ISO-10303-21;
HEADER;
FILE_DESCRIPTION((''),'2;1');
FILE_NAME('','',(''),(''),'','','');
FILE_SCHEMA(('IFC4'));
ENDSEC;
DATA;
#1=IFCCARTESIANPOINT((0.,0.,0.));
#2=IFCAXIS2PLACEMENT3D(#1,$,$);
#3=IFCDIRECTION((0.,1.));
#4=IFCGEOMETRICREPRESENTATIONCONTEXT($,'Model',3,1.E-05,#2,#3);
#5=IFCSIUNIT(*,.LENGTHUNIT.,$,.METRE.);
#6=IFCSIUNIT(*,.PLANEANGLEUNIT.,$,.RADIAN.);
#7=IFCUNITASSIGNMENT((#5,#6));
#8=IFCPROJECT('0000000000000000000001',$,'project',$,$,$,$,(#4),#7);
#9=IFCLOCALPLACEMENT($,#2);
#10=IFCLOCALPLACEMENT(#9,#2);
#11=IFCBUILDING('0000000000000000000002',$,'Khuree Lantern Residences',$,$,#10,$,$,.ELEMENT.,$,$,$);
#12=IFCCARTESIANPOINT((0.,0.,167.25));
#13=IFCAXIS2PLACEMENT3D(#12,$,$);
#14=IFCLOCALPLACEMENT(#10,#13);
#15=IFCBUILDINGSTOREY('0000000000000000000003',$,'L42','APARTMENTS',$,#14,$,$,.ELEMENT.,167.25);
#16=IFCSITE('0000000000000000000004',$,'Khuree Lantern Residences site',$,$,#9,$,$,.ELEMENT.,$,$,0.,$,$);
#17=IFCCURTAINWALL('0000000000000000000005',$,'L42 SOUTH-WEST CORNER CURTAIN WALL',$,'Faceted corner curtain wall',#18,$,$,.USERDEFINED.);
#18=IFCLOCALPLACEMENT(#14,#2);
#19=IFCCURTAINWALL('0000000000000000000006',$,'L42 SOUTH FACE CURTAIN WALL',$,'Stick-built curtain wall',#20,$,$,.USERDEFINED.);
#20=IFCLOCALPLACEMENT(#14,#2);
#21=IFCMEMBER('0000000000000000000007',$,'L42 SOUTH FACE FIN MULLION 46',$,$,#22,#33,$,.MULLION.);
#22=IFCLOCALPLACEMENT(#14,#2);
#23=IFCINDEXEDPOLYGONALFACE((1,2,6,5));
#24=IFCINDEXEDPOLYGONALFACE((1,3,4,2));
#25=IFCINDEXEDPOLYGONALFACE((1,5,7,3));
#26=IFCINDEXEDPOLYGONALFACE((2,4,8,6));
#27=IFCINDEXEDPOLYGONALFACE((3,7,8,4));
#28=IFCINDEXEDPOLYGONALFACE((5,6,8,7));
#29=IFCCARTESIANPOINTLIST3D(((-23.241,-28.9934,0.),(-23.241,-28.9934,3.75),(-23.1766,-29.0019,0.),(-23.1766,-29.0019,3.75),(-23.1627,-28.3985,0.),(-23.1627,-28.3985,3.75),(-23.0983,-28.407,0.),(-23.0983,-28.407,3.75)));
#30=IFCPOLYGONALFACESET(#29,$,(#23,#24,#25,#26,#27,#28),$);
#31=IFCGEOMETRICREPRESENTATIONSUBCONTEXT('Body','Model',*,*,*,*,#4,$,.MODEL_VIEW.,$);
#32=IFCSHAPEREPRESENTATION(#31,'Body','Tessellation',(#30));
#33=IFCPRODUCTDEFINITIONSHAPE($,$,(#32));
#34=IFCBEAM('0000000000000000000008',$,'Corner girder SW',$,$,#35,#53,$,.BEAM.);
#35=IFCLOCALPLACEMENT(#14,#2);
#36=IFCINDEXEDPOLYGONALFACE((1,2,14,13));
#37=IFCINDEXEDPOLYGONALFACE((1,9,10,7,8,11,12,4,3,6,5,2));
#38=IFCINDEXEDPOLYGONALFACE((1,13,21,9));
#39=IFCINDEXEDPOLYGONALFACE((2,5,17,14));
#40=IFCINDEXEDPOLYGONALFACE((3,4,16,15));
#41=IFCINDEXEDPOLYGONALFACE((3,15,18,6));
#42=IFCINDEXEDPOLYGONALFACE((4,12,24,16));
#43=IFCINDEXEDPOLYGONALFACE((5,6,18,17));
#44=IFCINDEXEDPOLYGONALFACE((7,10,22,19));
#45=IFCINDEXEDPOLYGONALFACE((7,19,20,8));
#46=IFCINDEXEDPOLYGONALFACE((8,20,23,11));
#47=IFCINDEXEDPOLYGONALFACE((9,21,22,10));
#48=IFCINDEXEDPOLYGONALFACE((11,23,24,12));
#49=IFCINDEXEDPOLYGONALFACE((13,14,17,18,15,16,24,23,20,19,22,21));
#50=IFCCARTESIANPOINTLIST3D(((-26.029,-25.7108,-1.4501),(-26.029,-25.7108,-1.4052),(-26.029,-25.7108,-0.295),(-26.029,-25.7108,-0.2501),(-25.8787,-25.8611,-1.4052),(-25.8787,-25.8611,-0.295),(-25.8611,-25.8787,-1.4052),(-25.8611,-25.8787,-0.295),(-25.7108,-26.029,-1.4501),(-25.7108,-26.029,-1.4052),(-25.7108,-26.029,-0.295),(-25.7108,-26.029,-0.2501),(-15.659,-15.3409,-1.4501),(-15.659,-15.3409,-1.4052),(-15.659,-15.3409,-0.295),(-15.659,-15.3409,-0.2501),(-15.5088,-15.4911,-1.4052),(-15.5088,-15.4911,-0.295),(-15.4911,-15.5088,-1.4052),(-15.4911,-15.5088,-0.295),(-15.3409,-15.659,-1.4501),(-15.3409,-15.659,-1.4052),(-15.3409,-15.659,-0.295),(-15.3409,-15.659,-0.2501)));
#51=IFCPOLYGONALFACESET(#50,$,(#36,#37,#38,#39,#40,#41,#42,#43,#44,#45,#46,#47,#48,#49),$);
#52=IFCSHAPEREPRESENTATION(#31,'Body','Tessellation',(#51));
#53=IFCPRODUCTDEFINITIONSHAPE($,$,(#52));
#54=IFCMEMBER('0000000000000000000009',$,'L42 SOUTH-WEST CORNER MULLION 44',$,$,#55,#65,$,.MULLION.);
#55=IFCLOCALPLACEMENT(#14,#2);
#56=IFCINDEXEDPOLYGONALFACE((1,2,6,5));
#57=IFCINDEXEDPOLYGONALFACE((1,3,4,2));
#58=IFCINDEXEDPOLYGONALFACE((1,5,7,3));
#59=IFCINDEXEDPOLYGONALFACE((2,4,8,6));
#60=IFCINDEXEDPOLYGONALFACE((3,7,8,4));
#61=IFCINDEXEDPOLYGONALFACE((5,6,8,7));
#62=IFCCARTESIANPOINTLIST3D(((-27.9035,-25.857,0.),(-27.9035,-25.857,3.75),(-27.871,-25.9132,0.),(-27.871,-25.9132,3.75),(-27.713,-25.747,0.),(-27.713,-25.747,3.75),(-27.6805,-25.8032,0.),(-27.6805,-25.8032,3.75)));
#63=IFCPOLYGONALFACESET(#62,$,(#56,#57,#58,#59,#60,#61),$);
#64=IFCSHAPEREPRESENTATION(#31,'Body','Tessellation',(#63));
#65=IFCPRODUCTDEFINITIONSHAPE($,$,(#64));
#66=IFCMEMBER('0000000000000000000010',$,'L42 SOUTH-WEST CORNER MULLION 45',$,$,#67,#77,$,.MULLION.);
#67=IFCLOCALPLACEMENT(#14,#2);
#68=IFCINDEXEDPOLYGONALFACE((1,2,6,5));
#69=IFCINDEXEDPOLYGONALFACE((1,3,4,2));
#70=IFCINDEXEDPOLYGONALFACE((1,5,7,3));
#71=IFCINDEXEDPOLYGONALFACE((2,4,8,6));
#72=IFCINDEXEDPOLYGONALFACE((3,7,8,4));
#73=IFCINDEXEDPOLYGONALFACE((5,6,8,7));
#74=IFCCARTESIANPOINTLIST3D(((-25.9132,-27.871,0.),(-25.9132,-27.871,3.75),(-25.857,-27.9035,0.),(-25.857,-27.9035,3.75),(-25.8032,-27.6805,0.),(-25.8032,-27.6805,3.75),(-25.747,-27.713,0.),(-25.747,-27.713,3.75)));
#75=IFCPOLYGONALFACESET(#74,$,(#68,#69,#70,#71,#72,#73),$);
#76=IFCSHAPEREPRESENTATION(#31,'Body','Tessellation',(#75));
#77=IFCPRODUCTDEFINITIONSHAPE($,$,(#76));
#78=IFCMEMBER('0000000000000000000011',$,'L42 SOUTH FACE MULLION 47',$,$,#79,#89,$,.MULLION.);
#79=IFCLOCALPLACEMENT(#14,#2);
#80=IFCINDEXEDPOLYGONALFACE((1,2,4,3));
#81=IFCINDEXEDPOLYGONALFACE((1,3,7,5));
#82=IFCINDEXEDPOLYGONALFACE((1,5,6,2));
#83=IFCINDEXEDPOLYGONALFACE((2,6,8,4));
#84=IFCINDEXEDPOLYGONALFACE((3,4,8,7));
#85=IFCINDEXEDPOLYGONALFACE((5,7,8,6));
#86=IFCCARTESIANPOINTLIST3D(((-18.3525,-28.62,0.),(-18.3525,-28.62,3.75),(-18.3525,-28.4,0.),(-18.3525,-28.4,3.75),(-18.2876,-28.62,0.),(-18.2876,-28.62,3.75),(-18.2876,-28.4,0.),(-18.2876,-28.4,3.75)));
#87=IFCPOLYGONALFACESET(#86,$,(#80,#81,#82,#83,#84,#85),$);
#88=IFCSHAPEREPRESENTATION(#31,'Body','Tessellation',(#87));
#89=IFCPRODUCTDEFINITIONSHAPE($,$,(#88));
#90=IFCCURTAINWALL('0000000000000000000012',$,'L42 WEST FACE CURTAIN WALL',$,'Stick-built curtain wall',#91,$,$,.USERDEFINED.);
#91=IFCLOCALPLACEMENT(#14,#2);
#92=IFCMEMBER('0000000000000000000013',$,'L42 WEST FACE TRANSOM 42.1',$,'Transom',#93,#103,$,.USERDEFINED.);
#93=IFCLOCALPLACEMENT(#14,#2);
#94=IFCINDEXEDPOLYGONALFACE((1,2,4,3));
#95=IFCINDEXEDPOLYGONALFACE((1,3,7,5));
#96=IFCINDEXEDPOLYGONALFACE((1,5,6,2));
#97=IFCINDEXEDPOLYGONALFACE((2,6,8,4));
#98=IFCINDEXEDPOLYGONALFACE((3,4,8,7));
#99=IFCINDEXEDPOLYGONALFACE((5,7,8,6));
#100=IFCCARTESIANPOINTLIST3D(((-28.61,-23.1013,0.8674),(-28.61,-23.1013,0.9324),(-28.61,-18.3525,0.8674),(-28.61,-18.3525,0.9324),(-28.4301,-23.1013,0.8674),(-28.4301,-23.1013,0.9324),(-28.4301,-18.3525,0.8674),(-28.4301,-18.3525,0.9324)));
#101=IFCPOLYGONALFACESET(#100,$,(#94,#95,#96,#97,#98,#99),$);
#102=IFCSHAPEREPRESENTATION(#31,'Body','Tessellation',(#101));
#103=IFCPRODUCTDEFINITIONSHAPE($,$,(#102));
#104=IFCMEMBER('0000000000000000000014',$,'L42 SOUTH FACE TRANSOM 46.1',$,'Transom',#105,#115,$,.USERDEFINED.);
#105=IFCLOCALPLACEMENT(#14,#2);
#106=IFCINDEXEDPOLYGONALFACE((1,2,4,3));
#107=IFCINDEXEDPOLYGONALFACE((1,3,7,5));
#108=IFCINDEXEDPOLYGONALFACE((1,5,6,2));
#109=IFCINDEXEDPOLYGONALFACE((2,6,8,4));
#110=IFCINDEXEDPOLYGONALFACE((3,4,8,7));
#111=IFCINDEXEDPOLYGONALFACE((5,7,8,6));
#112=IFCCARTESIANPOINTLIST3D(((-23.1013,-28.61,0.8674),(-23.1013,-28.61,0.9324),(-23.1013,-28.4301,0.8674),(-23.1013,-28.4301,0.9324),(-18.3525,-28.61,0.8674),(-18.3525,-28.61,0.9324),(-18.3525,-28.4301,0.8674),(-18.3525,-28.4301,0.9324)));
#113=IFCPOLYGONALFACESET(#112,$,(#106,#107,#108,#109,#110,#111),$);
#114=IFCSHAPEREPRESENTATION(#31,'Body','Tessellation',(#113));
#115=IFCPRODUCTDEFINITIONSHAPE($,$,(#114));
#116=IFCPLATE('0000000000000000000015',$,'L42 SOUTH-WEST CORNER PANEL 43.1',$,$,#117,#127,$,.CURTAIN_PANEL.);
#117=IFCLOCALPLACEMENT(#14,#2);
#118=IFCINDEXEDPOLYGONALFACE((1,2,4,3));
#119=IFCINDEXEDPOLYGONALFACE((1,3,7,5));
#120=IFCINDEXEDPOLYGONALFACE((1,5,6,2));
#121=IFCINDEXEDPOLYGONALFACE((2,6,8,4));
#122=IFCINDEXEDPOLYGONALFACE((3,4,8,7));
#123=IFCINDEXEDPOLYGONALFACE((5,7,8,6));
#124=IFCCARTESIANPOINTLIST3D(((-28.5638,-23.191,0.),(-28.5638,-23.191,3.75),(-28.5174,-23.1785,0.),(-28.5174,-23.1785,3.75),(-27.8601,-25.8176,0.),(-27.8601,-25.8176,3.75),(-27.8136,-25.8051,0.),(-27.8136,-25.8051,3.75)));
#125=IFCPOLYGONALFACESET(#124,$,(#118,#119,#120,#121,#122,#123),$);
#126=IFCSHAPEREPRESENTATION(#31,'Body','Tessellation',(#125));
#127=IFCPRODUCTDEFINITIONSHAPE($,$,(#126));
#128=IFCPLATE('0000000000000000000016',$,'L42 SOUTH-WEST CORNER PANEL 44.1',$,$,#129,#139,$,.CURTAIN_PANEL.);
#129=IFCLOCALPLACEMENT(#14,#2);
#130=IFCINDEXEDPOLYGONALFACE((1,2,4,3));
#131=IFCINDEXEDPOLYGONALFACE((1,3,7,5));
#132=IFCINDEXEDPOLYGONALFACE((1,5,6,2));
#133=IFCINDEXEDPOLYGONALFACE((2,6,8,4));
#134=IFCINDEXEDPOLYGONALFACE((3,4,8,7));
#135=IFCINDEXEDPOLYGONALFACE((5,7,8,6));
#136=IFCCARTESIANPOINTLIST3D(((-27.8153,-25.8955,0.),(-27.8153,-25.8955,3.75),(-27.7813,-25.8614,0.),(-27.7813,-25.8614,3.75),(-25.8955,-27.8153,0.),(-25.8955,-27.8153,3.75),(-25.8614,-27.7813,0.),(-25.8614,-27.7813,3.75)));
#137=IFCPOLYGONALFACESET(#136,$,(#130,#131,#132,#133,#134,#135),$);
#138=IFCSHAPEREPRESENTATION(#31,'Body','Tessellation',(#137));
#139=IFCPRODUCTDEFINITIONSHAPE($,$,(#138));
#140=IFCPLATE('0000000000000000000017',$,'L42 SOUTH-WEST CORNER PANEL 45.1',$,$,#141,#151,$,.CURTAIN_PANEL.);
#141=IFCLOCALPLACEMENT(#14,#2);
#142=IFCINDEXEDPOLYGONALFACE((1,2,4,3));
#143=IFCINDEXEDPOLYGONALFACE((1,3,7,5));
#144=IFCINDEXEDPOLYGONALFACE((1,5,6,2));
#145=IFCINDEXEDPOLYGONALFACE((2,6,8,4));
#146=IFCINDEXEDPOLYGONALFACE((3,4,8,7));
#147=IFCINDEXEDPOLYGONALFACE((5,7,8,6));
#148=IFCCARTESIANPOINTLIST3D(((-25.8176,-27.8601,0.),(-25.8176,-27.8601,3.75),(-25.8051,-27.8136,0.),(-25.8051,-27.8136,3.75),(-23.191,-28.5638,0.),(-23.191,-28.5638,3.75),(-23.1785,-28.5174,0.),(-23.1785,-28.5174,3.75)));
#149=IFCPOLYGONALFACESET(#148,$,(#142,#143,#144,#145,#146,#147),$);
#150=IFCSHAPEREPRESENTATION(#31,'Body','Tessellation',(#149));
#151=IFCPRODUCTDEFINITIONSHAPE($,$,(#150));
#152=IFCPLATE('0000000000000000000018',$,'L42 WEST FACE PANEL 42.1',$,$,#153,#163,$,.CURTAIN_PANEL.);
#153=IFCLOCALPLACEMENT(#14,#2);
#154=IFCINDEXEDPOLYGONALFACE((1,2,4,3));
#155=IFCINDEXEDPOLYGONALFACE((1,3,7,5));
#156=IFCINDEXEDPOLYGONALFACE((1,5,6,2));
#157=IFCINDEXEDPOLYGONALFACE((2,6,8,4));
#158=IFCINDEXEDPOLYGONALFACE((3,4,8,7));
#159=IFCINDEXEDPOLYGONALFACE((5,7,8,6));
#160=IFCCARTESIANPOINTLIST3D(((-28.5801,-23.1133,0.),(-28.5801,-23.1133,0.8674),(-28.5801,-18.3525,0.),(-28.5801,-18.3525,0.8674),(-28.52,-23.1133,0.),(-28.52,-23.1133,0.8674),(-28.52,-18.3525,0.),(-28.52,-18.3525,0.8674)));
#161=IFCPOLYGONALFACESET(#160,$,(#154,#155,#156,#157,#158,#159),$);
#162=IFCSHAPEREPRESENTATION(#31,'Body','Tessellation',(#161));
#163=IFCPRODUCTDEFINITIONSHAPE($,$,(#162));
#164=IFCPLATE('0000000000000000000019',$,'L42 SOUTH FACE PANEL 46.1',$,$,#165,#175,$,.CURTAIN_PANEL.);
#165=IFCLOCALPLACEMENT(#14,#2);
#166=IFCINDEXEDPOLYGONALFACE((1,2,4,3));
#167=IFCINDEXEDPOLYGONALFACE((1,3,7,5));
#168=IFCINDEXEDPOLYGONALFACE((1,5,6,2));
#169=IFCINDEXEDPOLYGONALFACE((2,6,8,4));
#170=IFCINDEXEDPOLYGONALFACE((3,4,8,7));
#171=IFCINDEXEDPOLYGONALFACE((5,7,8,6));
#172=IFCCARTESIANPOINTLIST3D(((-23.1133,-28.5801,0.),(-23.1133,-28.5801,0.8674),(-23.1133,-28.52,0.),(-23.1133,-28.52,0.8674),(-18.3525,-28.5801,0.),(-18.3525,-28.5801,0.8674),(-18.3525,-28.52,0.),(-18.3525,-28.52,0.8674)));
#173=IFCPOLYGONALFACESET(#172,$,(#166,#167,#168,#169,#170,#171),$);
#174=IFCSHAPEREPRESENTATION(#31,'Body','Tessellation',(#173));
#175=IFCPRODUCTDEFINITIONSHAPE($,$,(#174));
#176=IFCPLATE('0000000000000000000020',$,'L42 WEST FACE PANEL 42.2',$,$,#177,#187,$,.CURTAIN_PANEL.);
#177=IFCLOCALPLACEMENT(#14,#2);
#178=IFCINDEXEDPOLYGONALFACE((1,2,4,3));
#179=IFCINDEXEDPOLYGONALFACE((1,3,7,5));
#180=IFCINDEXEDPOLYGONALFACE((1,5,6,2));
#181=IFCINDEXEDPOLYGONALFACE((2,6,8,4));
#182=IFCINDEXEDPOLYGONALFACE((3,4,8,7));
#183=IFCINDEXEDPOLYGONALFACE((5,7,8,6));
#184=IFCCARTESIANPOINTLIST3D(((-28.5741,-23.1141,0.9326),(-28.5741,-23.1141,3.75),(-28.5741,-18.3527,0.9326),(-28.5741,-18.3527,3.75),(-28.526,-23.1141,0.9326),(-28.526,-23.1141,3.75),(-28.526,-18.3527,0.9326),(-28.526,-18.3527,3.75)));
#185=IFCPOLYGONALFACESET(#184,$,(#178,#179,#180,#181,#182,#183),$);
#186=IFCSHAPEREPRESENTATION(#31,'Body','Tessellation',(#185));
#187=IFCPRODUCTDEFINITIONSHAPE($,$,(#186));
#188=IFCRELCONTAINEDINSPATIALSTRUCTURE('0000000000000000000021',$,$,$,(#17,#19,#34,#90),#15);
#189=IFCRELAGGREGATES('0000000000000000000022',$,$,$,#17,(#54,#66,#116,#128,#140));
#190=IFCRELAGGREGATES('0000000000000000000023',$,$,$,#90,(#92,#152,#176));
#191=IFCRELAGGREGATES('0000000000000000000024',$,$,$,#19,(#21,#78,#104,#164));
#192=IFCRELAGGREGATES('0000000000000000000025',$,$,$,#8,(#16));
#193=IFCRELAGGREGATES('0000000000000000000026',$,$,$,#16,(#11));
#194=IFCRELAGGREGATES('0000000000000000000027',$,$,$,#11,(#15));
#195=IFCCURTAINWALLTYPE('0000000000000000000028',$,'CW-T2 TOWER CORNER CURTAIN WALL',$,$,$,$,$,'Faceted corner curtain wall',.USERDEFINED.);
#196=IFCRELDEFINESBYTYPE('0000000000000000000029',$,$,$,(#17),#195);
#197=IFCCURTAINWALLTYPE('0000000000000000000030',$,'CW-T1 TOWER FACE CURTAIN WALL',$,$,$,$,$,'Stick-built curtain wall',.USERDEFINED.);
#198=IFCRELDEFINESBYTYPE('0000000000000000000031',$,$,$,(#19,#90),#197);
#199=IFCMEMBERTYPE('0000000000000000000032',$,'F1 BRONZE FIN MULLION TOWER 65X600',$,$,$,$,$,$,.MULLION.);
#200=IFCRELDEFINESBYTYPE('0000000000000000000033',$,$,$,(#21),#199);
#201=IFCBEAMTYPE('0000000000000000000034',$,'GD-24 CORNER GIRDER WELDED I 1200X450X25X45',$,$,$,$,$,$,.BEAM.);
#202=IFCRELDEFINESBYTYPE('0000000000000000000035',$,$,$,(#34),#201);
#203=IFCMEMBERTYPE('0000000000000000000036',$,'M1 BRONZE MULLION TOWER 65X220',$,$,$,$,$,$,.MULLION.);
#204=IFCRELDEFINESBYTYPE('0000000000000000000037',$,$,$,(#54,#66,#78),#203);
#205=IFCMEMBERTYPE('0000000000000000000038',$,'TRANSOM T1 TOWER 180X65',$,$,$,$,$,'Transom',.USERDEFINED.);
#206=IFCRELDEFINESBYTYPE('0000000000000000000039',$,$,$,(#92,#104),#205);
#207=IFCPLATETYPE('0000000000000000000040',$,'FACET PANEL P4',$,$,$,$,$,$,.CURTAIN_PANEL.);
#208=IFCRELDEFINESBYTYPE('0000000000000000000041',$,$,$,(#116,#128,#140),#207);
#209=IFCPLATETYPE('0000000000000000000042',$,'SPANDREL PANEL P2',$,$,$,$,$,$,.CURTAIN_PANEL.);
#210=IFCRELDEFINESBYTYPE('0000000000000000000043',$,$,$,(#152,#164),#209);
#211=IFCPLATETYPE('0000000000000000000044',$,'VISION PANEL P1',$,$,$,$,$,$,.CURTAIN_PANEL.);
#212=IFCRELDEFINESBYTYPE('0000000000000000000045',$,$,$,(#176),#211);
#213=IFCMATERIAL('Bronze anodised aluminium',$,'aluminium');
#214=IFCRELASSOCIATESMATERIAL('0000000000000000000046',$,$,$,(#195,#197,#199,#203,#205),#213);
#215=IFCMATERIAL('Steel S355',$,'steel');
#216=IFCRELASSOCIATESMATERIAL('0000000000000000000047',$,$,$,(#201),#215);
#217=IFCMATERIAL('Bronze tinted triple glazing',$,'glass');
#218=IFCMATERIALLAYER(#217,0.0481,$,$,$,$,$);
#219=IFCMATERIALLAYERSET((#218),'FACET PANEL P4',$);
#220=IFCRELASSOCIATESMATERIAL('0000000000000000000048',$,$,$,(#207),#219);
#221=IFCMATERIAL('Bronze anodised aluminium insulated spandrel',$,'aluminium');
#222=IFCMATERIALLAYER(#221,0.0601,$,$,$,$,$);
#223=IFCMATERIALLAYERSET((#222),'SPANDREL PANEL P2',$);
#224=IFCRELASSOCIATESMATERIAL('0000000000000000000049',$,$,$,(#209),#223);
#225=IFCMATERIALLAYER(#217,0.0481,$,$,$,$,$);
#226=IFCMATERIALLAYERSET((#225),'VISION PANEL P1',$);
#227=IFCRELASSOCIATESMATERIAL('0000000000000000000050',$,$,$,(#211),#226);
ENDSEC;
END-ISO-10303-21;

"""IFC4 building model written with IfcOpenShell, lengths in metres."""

from ifc_helpers import new_model, si_unit, direction, frame, origin, origin_2d, place, context, subcontext, project, spatial, rectangle, i_section, extrude, material, layer, layer_set, material_profile, profile_set, type_object, element, aggregate, save


model = new_model("IFC4")

# Units and contexts
model_context = context("Model", 3, precision=1e-05, world=origin(), true_north=direction((0.0, 1.0)))
body_context = subcontext(model_context, "Body", "Model", "MODEL_VIEW")
ifc_project = project(units=[si_unit("LENGTHUNIT", "METRE"), si_unit("PLANEANGLEUNIT", "RADIAN")], contexts=[model_context])

# Site, building, storey
site_placement = place(None, origin())
site = spatial("IfcSite", under=ifc_project, at=site_placement, Name="Khuree Lantern Residences site", CompositionType="ELEMENT", RefElevation=0.0)
building_placement = place(site_placement, origin())
building = spatial("IfcBuilding", under=site, at=building_placement, Name="Khuree Lantern Residences", CompositionType="ELEMENT")
storey_placement = place(building_placement, frame((0.0, 0.0, 167.25)))
storey = spatial("IfcBuildingStorey", under=building, at=storey_placement, Name="L42", Description="APARTMENTS", CompositionType="ELEMENT", Elevation=167.25)

# Shared definitions
ifc_material_1 = material(Name="Steel S355", Category="steel")

# Curtain walls, member
ifc_material_2 = material(Name="Bronze anodised aluminium", Category="aluminium")
curtain_wall_type_1 = type_object("IfcCurtainWallType", Name="CW-T2 TOWER CORNER CURTAIN WALL", ElementType="Faceted corner curtain wall", PredefinedType="USERDEFINED", material=ifc_material_2)
curtain_wall_1_placement = place(storey_placement, origin())
curtain_wall_1 = element("IfcCurtainWall", 1, at=curtain_wall_1_placement, inside=storey, type_object=curtain_wall_type_1, Name="L42 SOUTH-WEST CORNER CURTAIN WALL", ObjectType="Faceted corner curtain wall", PredefinedType="USERDEFINED")
ifc_material_profile_1 = material_profile(ifc_material_2, rectangle(XDim=0.0649, YDim=0.6001, at=origin_2d()), Name="F1 65X600")
ifc_profile_set_1 = profile_set([ifc_material_profile_1], Name="Bronze anodised aluminium")
member_type_1 = type_object("IfcMemberType", Name="F1 BRONZE FIN MULLION TOWER 65X600", PredefinedType="MULLION", material=ifc_profile_set_1)
curtain_wall_type_2 = type_object("IfcCurtainWallType", Name="CW-T1 TOWER FACE CURTAIN WALL", ElementType="Stick-built curtain wall", PredefinedType="USERDEFINED", material=ifc_material_2)
curtain_wall_2_placement = place(storey_placement, origin())
curtain_wall_2 = element("IfcCurtainWall", 2, at=curtain_wall_2_placement, inside=storey, type_object=curtain_wall_type_2, Name="L42 SOUTH FACE CURTAIN WALL", ObjectType="Stick-built curtain wall", PredefinedType="USERDEFINED")
member_1_placement = place(storey_placement, frame((-23.1697, -28.7002, 0.0), z_axis=(0.0, 0.0, 1.0), x_axis=(0.991445, -0.130526, 0.0)))
member_1 = element("IfcMember", 3, at=member_1_placement, type_object=member_type_1, Name="L42 SOUTH FACE FIN MULLION 46", PredefinedType="MULLION", context=body_context, shape_type="SweptSolid", body=[
    extrude(rectangle(XDim=0.0649, YDim=0.6001, at=origin_2d()), origin(), (0.0, 0.0, 1.0), 3.75),
])

# Beam
ifc_material_profile_2 = material_profile(ifc_material_1, i_section(OverallWidth=0.45, OverallDepth=1.2, WebThickness=0.0249, FlangeThickness=0.0449, at=origin_2d()), Name="WELDED I 1200X450X25X45")
ifc_profile_set_2 = profile_set([ifc_material_profile_2], Name="Steel S355")
beam_type_1 = type_object("IfcBeamType", Name="GD-24 CORNER GIRDER WELDED I 1200X450X25X45", PredefinedType="BEAM", material=ifc_profile_set_2)
beam_1_placement = place(storey_placement, frame((-25.8699, -25.8699, -0.8501), z_axis=(0.707107, 0.707107, 0.0), x_axis=(-0.707107, 0.707107, 0.0)))
element("IfcBeam", 4, at=beam_1_placement, inside=storey, type_object=beam_type_1, Name="Corner girder SW", PredefinedType="BEAM", context=body_context, shape_type="SweptSolid", body=[
    extrude(i_section(OverallWidth=0.45, OverallDepth=1.2, WebThickness=0.0249, FlangeThickness=0.0449, at=origin_2d()), origin(), (0.0, 0.0, 1.0), 14.6653),
])

# Members
ifc_material_profile_3 = material_profile(ifc_material_2, rectangle(XDim=0.0649, YDim=0.22, at=origin_2d()), Name="M1 65X220")
ifc_profile_set_3 = profile_set([ifc_material_profile_3], Name="Bronze anodised aluminium")
member_type_2 = type_object("IfcMemberType", Name="M1 BRONZE MULLION TOWER 65X220", PredefinedType="MULLION", material=ifc_profile_set_3)
member_2_placement = place(storey_placement, frame((-27.792, -25.8301, 0.0), z_axis=(0.0, 0.0, 1.0), x_axis=(0.5, -0.866025, 0.0)))
member_2 = element("IfcMember", 5, at=member_2_placement, type_object=member_type_2, Name="L42 SOUTH-WEST CORNER MULLION 44", PredefinedType="MULLION", context=body_context, shape_type="SweptSolid", body=[
    extrude(rectangle(XDim=0.0649, YDim=0.22, at=origin_2d()), origin(), (0.0, 0.0, 1.0), 3.75),
])
member_3_placement = place(storey_placement, frame((-25.8301, -27.792, 0.0), z_axis=(0.0, 0.0, 1.0), x_axis=(0.866025, -0.5, 0.0)))
member_3 = element("IfcMember", 6, at=member_3_placement, type_object=member_type_2, Name="L42 SOUTH-WEST CORNER MULLION 45", PredefinedType="MULLION", context=body_context, shape_type="SweptSolid", body=[
    extrude(rectangle(XDim=0.0649, YDim=0.22, at=origin_2d()), origin(), (0.0, 0.0, 1.0), 3.75),
])
member_4_placement = place(storey_placement, frame((-18.3201, -28.51, 0.0), z_axis=(0.0, 0.0, 1.0), x_axis=(1.0, 0.0, 0.0)))
member_4 = element("IfcMember", 7, at=member_4_placement, type_object=member_type_2, Name="L42 SOUTH FACE MULLION 47", PredefinedType="MULLION", context=body_context, shape_type="SweptSolid", body=[
    extrude(rectangle(XDim=0.0649, YDim=0.22, at=origin_2d()), origin(), (0.0, 0.0, 1.0), 3.75),
])

# Curtain wall, member
curtain_wall_3_placement = place(storey_placement, origin())
curtain_wall_3 = element("IfcCurtainWall", 8, at=curtain_wall_3_placement, inside=storey, type_object=curtain_wall_type_2, Name="L42 WEST FACE CURTAIN WALL", ObjectType="Stick-built curtain wall", PredefinedType="USERDEFINED")
ifc_material_profile_4 = material_profile(ifc_material_2, rectangle(XDim=0.1799, YDim=0.0649, at=origin_2d()), Name="T1 180X65")
ifc_profile_set_4 = profile_set([ifc_material_profile_4], Name="Bronze anodised aluminium")
member_type_3 = type_object("IfcMemberType", Name="TRANSOM T1 TOWER 180X65", ElementType="Transom", PredefinedType="USERDEFINED", material=ifc_profile_set_4)
member_5_placement = place(storey_placement, frame((-28.52, -18.3525, 0.8999), z_axis=(0.0, -1.0, 0.0), x_axis=(1.0, 0.0, 0.0)))
member_5 = element("IfcMember", 9, at=member_5_placement, type_object=member_type_3, Name="L42 WEST FACE TRANSOM 42.1", ObjectType="Transom", PredefinedType="USERDEFINED", context=body_context, shape_type="SweptSolid", body=[
    extrude(rectangle(XDim=0.1799, YDim=0.0649, at=origin_2d()), origin(), (0.0, 0.0, 1.0), 4.7488),
])

# Member
member_6_placement = place(storey_placement, frame((-23.1013, -28.52, 0.8999), z_axis=(1.0, 0.0, 0.0), x_axis=(0.0, 1.0, 0.0)))
member_6 = element("IfcMember", 10, at=member_6_placement, type_object=member_type_3, Name="L42 SOUTH FACE TRANSOM 46.1", ObjectType="Transom", PredefinedType="USERDEFINED", context=body_context, shape_type="SweptSolid", body=[
    extrude(rectangle(XDim=0.1799, YDim=0.0649, at=origin_2d()), origin(), (0.0, 0.0, 1.0), 4.7488),
])

# Plates
ifc_material_3 = material(Name="Bronze tinted triple glazing", Category="glass")
ifc_layer_1 = layer(ifc_material_3, 0.0481)
ifc_layer_set_1 = layer_set([ifc_layer_1], Name="FACET PANEL P4")
plate_type_1 = type_object("IfcPlateType", Name="FACET PANEL P4", PredefinedType="CURTAIN_PANEL", material=ifc_layer_set_1)
plate_1_placement = place(storey_placement, frame((-28.1887, -24.498, 0.0), z_axis=(0.0, 0.0, 1.0), x_axis=(0.258819, -0.965926, 0.0)))
plate_1 = element("IfcPlate", 11, at=plate_1_placement, type_object=plate_type_1, Name="L42 SOUTH-WEST CORNER PANEL 43.1", PredefinedType="CURTAIN_PANEL", context=body_context, shape_type="SweptSolid", body=[
    extrude(rectangle(XDim=2.7192, YDim=0.0481, at=origin_2d()), origin(), (0.0, 0.0, 1.0), 3.75),
])
plate_2_placement = place(storey_placement, frame((-26.8384, -26.8384, 0.0), z_axis=(0.0, 0.0, 1.0), x_axis=(0.707107, -0.707107, 0.0)))
plate_2 = element("IfcPlate", 12, at=plate_2_placement, type_object=plate_type_1, Name="L42 SOUTH-WEST CORNER PANEL 44.1", PredefinedType="CURTAIN_PANEL", context=body_context, shape_type="SweptSolid", body=[
    extrude(rectangle(XDim=2.7151, YDim=0.0481, at=origin_2d()), origin(), (0.0, 0.0, 1.0), 3.75),
])
plate_3_placement = place(storey_placement, frame((-24.498, -28.1887, 0.0), z_axis=(0.0, 0.0, 1.0), x_axis=(0.965926, -0.258819, 0.0)))
plate_3 = element("IfcPlate", 13, at=plate_3_placement, type_object=plate_type_1, Name="L42 SOUTH-WEST CORNER PANEL 45.1", PredefinedType="CURTAIN_PANEL", context=body_context, shape_type="SweptSolid", body=[
    extrude(rectangle(XDim=2.7192, YDim=0.0481, at=origin_2d()), origin(), (0.0, 0.0, 1.0), 3.75),
])
aggregate(curtain_wall_1, [member_2, member_3, plate_1, plate_2, plate_3])
ifc_material_4 = material(Name="Bronze anodised aluminium insulated spandrel", Category="aluminium")
ifc_layer_2 = layer(ifc_material_4, 0.0601)
ifc_layer_set_2 = layer_set([ifc_layer_2], Name="SPANDREL PANEL P2")
plate_type_2 = type_object("IfcPlateType", Name="SPANDREL PANEL P2", PredefinedType="CURTAIN_PANEL", material=ifc_layer_set_2)
plate_4_placement = place(storey_placement, frame((-28.55, -20.7329, 0.0), z_axis=(0.0, 0.0, 1.0), x_axis=(0.0, -1.0, 0.0)))
plate_4 = element("IfcPlate", 14, at=plate_4_placement, type_object=plate_type_2, Name="L42 WEST FACE PANEL 42.1", PredefinedType="CURTAIN_PANEL", context=body_context, shape_type="SweptSolid", body=[
    extrude(rectangle(XDim=4.7607, YDim=0.0601, at=origin_2d()), origin(), (0.0, 0.0, 1.0), 0.8674),
])
plate_5_placement = place(storey_placement, frame((-20.7329, -28.55, 0.0), z_axis=(0.0, 0.0, 1.0), x_axis=(1.0, 0.0, 0.0)))
plate_5 = element("IfcPlate", 15, at=plate_5_placement, type_object=plate_type_2, Name="L42 SOUTH FACE PANEL 46.1", PredefinedType="CURTAIN_PANEL", context=body_context, shape_type="SweptSolid", body=[
    extrude(rectangle(XDim=4.7607, YDim=0.0601, at=origin_2d()), origin(), (0.0, 0.0, 1.0), 0.8674),
])
ifc_layer_3 = layer(ifc_material_3, 0.0481)
ifc_layer_set_3 = layer_set([ifc_layer_3], Name="VISION PANEL P1")
plate_type_3 = type_object("IfcPlateType", Name="VISION PANEL P1", PredefinedType="CURTAIN_PANEL", material=ifc_layer_set_3)
plate_6_placement = place(storey_placement, frame((-28.55, -20.7334, 0.9326), z_axis=(0.0, 0.0, 1.0), x_axis=(0.0, -1.0, 0.0)))
plate_6 = element("IfcPlate", 16, at=plate_6_placement, type_object=plate_type_3, Name="L42 WEST FACE PANEL 42.2", PredefinedType="CURTAIN_PANEL", context=body_context, shape_type="SweptSolid", body=[
    extrude(rectangle(XDim=4.7615, YDim=0.0481, at=origin_2d()), origin(), (0.0, 0.0, 1.0), 2.8174),
])
aggregate(curtain_wall_3, [member_5, plate_4, plate_6])
aggregate(curtain_wall_2, [member_1, member_4, member_6, plate_5])

save(model, "model.ifc")
